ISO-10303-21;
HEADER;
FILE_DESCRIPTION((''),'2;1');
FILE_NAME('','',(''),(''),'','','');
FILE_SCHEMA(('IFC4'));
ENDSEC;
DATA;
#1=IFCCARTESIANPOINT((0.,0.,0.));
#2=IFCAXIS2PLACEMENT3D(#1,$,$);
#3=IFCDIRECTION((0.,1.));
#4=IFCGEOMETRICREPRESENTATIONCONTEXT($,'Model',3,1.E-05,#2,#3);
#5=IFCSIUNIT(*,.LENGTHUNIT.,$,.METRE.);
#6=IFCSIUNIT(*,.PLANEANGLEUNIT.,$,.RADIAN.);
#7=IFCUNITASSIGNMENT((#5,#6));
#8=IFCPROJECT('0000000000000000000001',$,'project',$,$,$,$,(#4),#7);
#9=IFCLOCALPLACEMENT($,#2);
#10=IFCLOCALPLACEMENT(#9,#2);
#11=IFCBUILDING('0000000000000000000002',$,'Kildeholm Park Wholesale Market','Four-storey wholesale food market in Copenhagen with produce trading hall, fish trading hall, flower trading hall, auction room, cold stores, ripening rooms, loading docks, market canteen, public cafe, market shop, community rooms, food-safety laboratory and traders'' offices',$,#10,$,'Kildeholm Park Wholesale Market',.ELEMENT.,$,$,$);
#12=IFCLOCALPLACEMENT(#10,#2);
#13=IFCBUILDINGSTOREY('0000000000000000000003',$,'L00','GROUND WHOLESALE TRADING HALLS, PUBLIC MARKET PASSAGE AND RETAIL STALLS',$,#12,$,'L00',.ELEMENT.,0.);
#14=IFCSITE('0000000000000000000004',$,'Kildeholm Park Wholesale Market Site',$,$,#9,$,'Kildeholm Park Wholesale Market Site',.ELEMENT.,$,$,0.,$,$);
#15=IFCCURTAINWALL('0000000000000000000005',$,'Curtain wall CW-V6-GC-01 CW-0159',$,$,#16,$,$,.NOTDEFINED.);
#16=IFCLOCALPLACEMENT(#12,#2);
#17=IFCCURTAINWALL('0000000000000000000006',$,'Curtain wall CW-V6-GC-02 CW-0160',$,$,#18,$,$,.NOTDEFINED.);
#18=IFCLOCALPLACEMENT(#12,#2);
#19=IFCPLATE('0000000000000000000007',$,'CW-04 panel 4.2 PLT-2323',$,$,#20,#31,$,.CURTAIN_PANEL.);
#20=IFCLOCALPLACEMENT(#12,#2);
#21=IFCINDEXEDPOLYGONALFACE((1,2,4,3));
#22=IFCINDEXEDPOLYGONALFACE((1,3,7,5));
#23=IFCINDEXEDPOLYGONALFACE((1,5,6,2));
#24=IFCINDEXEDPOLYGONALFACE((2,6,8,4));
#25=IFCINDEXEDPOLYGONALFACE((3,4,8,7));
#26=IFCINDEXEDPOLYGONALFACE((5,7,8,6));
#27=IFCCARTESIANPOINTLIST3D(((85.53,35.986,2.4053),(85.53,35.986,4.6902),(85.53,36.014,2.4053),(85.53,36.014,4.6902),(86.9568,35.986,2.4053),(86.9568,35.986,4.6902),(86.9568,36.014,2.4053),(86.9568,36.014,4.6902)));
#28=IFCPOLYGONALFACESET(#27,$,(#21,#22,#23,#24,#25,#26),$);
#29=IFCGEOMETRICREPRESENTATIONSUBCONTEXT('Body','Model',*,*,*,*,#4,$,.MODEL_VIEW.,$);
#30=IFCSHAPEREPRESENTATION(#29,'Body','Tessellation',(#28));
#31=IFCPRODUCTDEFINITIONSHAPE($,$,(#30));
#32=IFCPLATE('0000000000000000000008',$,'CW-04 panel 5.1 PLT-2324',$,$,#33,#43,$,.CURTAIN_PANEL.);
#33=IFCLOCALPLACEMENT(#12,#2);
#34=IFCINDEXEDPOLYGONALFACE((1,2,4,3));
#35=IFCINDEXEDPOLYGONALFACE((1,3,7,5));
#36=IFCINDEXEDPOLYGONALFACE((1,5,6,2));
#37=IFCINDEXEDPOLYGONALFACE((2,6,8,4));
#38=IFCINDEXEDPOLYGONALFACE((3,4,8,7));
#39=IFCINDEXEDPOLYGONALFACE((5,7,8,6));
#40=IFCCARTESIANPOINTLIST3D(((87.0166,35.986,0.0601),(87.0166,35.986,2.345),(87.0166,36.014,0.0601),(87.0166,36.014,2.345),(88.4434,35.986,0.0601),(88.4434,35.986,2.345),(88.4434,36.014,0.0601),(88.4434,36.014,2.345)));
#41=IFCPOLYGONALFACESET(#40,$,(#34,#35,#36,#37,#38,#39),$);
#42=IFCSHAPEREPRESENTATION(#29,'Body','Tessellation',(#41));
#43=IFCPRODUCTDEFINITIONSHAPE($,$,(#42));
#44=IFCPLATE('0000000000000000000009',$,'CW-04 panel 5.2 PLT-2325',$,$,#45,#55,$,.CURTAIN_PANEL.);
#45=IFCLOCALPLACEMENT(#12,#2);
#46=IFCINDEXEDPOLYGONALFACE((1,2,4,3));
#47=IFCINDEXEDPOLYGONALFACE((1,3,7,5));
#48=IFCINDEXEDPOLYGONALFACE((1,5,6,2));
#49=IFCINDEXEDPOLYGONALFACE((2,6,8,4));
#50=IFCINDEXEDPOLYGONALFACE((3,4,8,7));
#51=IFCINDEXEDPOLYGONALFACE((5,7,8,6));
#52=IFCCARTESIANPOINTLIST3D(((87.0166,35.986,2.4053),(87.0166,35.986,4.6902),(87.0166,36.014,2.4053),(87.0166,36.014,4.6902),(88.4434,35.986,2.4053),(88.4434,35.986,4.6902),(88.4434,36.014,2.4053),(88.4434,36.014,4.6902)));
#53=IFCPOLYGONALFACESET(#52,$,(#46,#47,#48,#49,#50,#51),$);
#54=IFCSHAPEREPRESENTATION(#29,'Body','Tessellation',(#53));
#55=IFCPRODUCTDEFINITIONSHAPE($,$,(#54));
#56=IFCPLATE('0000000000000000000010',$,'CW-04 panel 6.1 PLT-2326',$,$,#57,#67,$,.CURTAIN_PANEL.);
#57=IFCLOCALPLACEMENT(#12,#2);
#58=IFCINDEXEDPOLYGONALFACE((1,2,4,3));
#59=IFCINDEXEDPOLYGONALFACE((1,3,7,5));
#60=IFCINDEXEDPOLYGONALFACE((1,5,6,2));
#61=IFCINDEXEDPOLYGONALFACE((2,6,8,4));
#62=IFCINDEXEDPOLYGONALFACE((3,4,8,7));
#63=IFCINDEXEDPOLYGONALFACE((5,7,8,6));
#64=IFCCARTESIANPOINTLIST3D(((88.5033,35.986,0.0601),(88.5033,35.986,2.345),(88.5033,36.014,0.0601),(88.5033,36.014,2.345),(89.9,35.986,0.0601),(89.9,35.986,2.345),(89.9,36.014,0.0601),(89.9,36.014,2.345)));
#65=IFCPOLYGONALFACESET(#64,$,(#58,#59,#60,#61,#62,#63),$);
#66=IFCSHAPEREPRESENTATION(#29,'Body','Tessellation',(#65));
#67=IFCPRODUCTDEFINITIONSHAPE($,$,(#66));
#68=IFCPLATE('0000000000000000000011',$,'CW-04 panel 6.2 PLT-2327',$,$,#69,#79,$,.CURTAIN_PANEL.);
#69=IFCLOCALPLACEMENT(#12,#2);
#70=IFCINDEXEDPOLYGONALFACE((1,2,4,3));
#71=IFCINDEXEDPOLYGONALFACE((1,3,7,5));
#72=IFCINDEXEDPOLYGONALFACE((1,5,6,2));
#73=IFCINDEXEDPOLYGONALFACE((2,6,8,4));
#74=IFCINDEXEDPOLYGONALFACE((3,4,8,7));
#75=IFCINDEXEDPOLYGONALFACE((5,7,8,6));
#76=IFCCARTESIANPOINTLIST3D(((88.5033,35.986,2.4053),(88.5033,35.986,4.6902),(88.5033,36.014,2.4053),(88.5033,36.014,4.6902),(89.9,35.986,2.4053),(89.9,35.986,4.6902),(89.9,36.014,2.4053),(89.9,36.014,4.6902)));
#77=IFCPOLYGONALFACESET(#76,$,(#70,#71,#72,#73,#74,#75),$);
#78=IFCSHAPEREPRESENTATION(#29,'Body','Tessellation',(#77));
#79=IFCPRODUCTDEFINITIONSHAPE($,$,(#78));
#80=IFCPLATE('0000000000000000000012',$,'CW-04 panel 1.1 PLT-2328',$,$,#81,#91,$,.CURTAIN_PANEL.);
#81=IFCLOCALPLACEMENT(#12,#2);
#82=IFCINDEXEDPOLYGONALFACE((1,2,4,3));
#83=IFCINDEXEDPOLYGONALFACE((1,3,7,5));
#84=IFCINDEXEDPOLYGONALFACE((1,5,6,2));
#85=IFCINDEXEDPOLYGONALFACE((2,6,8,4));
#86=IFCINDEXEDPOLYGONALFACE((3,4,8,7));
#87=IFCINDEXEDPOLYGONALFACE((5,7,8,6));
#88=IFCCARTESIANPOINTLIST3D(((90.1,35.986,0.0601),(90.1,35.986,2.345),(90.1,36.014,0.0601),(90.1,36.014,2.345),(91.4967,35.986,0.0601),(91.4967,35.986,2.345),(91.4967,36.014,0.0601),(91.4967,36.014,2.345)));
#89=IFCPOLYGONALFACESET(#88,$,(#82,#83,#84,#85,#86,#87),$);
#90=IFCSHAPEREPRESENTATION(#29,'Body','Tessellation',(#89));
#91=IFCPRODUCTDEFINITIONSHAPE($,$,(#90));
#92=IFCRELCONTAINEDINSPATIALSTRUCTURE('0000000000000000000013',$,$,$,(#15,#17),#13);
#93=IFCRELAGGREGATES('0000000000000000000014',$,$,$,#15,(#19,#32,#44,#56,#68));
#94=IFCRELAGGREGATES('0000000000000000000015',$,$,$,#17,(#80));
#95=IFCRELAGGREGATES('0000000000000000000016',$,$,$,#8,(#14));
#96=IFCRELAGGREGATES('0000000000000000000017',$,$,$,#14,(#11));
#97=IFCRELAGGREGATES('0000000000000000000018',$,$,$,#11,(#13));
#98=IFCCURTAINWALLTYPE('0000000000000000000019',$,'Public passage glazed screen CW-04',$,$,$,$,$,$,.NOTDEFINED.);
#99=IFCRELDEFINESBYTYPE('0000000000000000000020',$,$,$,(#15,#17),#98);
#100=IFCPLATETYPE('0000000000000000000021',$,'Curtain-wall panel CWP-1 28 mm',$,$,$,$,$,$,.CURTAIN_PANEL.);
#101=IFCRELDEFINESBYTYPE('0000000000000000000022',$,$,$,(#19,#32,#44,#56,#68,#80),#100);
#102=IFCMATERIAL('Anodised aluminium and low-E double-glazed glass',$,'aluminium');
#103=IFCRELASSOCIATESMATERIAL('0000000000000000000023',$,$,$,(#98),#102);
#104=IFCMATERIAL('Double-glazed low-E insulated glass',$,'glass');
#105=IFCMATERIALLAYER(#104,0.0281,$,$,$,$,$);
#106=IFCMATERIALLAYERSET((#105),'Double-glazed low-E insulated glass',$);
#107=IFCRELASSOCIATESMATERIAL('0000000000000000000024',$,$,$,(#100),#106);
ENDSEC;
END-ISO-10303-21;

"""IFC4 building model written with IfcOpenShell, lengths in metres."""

from ifc_helpers import new_model, si_unit, direction, frame, origin, origin_2d, place, context, subcontext, project, spatial, rectangle, extrude, material, layer, layer_set, type_object, element, aggregate, save


model = new_model("IFC4")

# Units and contexts
model_context = context("Model", 3, precision=1e-05, world=origin(), true_north=direction((0.0, 1.0)))
body_context = subcontext(model_context, "Body", "Model", "MODEL_VIEW")
ifc_project = project(units=[si_unit("LENGTHUNIT", "METRE"), si_unit("PLANEANGLEUNIT", "RADIAN")], contexts=[model_context])

# Site, building, storey
site_placement = place(None, origin())
site = spatial("IfcSite", under=ifc_project, at=site_placement, Name="Kildeholm Park Wholesale Market Site", LongName="Kildeholm Park Wholesale Market Site", CompositionType="ELEMENT", RefElevation=0.0)
building_placement = place(site_placement, origin())
building = spatial("IfcBuilding", under=site, at=building_placement, Name="Kildeholm Park Wholesale Market", Description="Four-storey wholesale food market in Copenhagen with produce trading hall, fish trading hall, flower trading hall, auction room, cold stores, ripening rooms, loading docks, market canteen, public cafe, market shop, community rooms, food-safety laboratory and traders' offices", LongName="Kildeholm Park Wholesale Market", CompositionType="ELEMENT")
storey_placement = place(building_placement, origin())
storey = spatial("IfcBuildingStorey", under=building, at=storey_placement, Name="L00", Description="GROUND WHOLESALE TRADING HALLS, PUBLIC MARKET PASSAGE AND RETAIL STALLS", LongName="L00", CompositionType="ELEMENT", Elevation=0.0)

# Curtain wall
ifc_material_1 = material(Name="Anodised aluminium and low-E double-glazed glass", Category="aluminium")
curtain_wall_type = type_object("IfcCurtainWallType", Name="Public passage glazed screen CW-04", PredefinedType="NOTDEFINED", material=ifc_material_1)
curtain_wall_1_placement = place(storey_placement, origin())
curtain_wall_1 = element("IfcCurtainWall", 1, at=curtain_wall_1_placement, inside=storey, type_object=curtain_wall_type, Name="Curtain wall CW-V6-GC-01 CW-0159", PredefinedType="NOTDEFINED")

# Curtain wall
curtain_wall_2_placement = place(storey_placement, origin())
curtain_wall_2 = element("IfcCurtainWall", 2, at=curtain_wall_2_placement, inside=storey, type_object=curtain_wall_type, Name="Curtain wall CW-V6-GC-02 CW-0160", PredefinedType="NOTDEFINED")

# Plates
ifc_material_2 = material(Name="Double-glazed low-E insulated glass", Category="glass")
ifc_layer = layer(ifc_material_2, 0.0281)
ifc_layer_set = layer_set([ifc_layer], Name="Double-glazed low-E insulated glass")
plate_type = type_object("IfcPlateType", Name="Curtain-wall panel CWP-1 28 mm", PredefinedType="CURTAIN_PANEL", material=ifc_layer_set)
plate_1_placement = place(storey_placement, frame((86.2434, 36.0, 2.4053), z_axis=(0.0, 0.0, 1.0), x_axis=(1.0, 0.0, 0.0)))
plate_1 = element("IfcPlate", 3, at=plate_1_placement, type_object=plate_type, Name="CW-04 panel 4.2 PLT-2323", PredefinedType="CURTAIN_PANEL", context=body_context, shape_type="SweptSolid", body=[
    extrude(rectangle(XDim=1.4268, YDim=0.0281, at=origin_2d()), origin(), (0.0, 0.0, 1.0), 2.2849),
])
plate_2_placement = place(storey_placement, frame((87.73, 36.0, 0.0601), z_axis=(0.0, 0.0, 1.0), x_axis=(1.0, 0.0, 0.0)))
plate_2 = element("IfcPlate", 4, at=plate_2_placement, type_object=plate_type, Name="CW-04 panel 5.1 PLT-2324", PredefinedType="CURTAIN_PANEL", context=body_context, shape_type="SweptSolid", body=[
    extrude(rectangle(XDim=1.4268, YDim=0.0281, at=origin_2d()), origin(), (0.0, 0.0, 1.0), 2.2849),
])
plate_3_placement = place(storey_placement, frame((87.73, 36.0, 2.4053), z_axis=(0.0, 0.0, 1.0), x_axis=(1.0, 0.0, 0.0)))
plate_3 = element("IfcPlate", 5, at=plate_3_placement, type_object=plate_type, Name="CW-04 panel 5.2 PLT-2325", PredefinedType="CURTAIN_PANEL", context=body_context, shape_type="SweptSolid", body=[
    extrude(rectangle(XDim=1.4268, YDim=0.0281, at=origin_2d()), origin(), (0.0, 0.0, 1.0), 2.2849),
])
plate_4_placement = place(storey_placement, frame((89.2017, 36.0, 0.0601), z_axis=(0.0, 0.0, 1.0), x_axis=(1.0, 0.0, 0.0)))
plate_4 = element("IfcPlate", 6, at=plate_4_placement, type_object=plate_type, Name="CW-04 panel 6.1 PLT-2326", PredefinedType="CURTAIN_PANEL", context=body_context, shape_type="SweptSolid", body=[
    extrude(rectangle(XDim=1.3967, YDim=0.0281, at=origin_2d()), origin(), (0.0, 0.0, 1.0), 2.2849),
])
plate_5_placement = place(storey_placement, frame((89.2017, 36.0, 2.4053), z_axis=(0.0, 0.0, 1.0), x_axis=(1.0, 0.0, 0.0)))
plate_5 = element("IfcPlate", 7, at=plate_5_placement, type_object=plate_type, Name="CW-04 panel 6.2 PLT-2327", PredefinedType="CURTAIN_PANEL", context=body_context, shape_type="SweptSolid", body=[
    extrude(rectangle(XDim=1.3967, YDim=0.0281, at=origin_2d()), origin(), (0.0, 0.0, 1.0), 2.2849),
])
aggregate(curtain_wall_1, [plate_1, plate_2, plate_3, plate_4, plate_5])
plate_6_placement = place(storey_placement, frame((90.7983, 36.0, 0.0601), z_axis=(0.0, 0.0, 1.0), x_axis=(1.0, 0.0, 0.0)))
plate_6 = element("IfcPlate", 8, at=plate_6_placement, type_object=plate_type, Name="CW-04 panel 1.1 PLT-2328", PredefinedType="CURTAIN_PANEL", context=body_context, shape_type="SweptSolid", body=[
    extrude(rectangle(XDim=1.3967, YDim=0.0281, at=origin_2d()), origin(), (0.0, 0.0, 1.0), 2.2849),
])
aggregate(curtain_wall_2, [plate_6])

save(model, "model.ifc")
